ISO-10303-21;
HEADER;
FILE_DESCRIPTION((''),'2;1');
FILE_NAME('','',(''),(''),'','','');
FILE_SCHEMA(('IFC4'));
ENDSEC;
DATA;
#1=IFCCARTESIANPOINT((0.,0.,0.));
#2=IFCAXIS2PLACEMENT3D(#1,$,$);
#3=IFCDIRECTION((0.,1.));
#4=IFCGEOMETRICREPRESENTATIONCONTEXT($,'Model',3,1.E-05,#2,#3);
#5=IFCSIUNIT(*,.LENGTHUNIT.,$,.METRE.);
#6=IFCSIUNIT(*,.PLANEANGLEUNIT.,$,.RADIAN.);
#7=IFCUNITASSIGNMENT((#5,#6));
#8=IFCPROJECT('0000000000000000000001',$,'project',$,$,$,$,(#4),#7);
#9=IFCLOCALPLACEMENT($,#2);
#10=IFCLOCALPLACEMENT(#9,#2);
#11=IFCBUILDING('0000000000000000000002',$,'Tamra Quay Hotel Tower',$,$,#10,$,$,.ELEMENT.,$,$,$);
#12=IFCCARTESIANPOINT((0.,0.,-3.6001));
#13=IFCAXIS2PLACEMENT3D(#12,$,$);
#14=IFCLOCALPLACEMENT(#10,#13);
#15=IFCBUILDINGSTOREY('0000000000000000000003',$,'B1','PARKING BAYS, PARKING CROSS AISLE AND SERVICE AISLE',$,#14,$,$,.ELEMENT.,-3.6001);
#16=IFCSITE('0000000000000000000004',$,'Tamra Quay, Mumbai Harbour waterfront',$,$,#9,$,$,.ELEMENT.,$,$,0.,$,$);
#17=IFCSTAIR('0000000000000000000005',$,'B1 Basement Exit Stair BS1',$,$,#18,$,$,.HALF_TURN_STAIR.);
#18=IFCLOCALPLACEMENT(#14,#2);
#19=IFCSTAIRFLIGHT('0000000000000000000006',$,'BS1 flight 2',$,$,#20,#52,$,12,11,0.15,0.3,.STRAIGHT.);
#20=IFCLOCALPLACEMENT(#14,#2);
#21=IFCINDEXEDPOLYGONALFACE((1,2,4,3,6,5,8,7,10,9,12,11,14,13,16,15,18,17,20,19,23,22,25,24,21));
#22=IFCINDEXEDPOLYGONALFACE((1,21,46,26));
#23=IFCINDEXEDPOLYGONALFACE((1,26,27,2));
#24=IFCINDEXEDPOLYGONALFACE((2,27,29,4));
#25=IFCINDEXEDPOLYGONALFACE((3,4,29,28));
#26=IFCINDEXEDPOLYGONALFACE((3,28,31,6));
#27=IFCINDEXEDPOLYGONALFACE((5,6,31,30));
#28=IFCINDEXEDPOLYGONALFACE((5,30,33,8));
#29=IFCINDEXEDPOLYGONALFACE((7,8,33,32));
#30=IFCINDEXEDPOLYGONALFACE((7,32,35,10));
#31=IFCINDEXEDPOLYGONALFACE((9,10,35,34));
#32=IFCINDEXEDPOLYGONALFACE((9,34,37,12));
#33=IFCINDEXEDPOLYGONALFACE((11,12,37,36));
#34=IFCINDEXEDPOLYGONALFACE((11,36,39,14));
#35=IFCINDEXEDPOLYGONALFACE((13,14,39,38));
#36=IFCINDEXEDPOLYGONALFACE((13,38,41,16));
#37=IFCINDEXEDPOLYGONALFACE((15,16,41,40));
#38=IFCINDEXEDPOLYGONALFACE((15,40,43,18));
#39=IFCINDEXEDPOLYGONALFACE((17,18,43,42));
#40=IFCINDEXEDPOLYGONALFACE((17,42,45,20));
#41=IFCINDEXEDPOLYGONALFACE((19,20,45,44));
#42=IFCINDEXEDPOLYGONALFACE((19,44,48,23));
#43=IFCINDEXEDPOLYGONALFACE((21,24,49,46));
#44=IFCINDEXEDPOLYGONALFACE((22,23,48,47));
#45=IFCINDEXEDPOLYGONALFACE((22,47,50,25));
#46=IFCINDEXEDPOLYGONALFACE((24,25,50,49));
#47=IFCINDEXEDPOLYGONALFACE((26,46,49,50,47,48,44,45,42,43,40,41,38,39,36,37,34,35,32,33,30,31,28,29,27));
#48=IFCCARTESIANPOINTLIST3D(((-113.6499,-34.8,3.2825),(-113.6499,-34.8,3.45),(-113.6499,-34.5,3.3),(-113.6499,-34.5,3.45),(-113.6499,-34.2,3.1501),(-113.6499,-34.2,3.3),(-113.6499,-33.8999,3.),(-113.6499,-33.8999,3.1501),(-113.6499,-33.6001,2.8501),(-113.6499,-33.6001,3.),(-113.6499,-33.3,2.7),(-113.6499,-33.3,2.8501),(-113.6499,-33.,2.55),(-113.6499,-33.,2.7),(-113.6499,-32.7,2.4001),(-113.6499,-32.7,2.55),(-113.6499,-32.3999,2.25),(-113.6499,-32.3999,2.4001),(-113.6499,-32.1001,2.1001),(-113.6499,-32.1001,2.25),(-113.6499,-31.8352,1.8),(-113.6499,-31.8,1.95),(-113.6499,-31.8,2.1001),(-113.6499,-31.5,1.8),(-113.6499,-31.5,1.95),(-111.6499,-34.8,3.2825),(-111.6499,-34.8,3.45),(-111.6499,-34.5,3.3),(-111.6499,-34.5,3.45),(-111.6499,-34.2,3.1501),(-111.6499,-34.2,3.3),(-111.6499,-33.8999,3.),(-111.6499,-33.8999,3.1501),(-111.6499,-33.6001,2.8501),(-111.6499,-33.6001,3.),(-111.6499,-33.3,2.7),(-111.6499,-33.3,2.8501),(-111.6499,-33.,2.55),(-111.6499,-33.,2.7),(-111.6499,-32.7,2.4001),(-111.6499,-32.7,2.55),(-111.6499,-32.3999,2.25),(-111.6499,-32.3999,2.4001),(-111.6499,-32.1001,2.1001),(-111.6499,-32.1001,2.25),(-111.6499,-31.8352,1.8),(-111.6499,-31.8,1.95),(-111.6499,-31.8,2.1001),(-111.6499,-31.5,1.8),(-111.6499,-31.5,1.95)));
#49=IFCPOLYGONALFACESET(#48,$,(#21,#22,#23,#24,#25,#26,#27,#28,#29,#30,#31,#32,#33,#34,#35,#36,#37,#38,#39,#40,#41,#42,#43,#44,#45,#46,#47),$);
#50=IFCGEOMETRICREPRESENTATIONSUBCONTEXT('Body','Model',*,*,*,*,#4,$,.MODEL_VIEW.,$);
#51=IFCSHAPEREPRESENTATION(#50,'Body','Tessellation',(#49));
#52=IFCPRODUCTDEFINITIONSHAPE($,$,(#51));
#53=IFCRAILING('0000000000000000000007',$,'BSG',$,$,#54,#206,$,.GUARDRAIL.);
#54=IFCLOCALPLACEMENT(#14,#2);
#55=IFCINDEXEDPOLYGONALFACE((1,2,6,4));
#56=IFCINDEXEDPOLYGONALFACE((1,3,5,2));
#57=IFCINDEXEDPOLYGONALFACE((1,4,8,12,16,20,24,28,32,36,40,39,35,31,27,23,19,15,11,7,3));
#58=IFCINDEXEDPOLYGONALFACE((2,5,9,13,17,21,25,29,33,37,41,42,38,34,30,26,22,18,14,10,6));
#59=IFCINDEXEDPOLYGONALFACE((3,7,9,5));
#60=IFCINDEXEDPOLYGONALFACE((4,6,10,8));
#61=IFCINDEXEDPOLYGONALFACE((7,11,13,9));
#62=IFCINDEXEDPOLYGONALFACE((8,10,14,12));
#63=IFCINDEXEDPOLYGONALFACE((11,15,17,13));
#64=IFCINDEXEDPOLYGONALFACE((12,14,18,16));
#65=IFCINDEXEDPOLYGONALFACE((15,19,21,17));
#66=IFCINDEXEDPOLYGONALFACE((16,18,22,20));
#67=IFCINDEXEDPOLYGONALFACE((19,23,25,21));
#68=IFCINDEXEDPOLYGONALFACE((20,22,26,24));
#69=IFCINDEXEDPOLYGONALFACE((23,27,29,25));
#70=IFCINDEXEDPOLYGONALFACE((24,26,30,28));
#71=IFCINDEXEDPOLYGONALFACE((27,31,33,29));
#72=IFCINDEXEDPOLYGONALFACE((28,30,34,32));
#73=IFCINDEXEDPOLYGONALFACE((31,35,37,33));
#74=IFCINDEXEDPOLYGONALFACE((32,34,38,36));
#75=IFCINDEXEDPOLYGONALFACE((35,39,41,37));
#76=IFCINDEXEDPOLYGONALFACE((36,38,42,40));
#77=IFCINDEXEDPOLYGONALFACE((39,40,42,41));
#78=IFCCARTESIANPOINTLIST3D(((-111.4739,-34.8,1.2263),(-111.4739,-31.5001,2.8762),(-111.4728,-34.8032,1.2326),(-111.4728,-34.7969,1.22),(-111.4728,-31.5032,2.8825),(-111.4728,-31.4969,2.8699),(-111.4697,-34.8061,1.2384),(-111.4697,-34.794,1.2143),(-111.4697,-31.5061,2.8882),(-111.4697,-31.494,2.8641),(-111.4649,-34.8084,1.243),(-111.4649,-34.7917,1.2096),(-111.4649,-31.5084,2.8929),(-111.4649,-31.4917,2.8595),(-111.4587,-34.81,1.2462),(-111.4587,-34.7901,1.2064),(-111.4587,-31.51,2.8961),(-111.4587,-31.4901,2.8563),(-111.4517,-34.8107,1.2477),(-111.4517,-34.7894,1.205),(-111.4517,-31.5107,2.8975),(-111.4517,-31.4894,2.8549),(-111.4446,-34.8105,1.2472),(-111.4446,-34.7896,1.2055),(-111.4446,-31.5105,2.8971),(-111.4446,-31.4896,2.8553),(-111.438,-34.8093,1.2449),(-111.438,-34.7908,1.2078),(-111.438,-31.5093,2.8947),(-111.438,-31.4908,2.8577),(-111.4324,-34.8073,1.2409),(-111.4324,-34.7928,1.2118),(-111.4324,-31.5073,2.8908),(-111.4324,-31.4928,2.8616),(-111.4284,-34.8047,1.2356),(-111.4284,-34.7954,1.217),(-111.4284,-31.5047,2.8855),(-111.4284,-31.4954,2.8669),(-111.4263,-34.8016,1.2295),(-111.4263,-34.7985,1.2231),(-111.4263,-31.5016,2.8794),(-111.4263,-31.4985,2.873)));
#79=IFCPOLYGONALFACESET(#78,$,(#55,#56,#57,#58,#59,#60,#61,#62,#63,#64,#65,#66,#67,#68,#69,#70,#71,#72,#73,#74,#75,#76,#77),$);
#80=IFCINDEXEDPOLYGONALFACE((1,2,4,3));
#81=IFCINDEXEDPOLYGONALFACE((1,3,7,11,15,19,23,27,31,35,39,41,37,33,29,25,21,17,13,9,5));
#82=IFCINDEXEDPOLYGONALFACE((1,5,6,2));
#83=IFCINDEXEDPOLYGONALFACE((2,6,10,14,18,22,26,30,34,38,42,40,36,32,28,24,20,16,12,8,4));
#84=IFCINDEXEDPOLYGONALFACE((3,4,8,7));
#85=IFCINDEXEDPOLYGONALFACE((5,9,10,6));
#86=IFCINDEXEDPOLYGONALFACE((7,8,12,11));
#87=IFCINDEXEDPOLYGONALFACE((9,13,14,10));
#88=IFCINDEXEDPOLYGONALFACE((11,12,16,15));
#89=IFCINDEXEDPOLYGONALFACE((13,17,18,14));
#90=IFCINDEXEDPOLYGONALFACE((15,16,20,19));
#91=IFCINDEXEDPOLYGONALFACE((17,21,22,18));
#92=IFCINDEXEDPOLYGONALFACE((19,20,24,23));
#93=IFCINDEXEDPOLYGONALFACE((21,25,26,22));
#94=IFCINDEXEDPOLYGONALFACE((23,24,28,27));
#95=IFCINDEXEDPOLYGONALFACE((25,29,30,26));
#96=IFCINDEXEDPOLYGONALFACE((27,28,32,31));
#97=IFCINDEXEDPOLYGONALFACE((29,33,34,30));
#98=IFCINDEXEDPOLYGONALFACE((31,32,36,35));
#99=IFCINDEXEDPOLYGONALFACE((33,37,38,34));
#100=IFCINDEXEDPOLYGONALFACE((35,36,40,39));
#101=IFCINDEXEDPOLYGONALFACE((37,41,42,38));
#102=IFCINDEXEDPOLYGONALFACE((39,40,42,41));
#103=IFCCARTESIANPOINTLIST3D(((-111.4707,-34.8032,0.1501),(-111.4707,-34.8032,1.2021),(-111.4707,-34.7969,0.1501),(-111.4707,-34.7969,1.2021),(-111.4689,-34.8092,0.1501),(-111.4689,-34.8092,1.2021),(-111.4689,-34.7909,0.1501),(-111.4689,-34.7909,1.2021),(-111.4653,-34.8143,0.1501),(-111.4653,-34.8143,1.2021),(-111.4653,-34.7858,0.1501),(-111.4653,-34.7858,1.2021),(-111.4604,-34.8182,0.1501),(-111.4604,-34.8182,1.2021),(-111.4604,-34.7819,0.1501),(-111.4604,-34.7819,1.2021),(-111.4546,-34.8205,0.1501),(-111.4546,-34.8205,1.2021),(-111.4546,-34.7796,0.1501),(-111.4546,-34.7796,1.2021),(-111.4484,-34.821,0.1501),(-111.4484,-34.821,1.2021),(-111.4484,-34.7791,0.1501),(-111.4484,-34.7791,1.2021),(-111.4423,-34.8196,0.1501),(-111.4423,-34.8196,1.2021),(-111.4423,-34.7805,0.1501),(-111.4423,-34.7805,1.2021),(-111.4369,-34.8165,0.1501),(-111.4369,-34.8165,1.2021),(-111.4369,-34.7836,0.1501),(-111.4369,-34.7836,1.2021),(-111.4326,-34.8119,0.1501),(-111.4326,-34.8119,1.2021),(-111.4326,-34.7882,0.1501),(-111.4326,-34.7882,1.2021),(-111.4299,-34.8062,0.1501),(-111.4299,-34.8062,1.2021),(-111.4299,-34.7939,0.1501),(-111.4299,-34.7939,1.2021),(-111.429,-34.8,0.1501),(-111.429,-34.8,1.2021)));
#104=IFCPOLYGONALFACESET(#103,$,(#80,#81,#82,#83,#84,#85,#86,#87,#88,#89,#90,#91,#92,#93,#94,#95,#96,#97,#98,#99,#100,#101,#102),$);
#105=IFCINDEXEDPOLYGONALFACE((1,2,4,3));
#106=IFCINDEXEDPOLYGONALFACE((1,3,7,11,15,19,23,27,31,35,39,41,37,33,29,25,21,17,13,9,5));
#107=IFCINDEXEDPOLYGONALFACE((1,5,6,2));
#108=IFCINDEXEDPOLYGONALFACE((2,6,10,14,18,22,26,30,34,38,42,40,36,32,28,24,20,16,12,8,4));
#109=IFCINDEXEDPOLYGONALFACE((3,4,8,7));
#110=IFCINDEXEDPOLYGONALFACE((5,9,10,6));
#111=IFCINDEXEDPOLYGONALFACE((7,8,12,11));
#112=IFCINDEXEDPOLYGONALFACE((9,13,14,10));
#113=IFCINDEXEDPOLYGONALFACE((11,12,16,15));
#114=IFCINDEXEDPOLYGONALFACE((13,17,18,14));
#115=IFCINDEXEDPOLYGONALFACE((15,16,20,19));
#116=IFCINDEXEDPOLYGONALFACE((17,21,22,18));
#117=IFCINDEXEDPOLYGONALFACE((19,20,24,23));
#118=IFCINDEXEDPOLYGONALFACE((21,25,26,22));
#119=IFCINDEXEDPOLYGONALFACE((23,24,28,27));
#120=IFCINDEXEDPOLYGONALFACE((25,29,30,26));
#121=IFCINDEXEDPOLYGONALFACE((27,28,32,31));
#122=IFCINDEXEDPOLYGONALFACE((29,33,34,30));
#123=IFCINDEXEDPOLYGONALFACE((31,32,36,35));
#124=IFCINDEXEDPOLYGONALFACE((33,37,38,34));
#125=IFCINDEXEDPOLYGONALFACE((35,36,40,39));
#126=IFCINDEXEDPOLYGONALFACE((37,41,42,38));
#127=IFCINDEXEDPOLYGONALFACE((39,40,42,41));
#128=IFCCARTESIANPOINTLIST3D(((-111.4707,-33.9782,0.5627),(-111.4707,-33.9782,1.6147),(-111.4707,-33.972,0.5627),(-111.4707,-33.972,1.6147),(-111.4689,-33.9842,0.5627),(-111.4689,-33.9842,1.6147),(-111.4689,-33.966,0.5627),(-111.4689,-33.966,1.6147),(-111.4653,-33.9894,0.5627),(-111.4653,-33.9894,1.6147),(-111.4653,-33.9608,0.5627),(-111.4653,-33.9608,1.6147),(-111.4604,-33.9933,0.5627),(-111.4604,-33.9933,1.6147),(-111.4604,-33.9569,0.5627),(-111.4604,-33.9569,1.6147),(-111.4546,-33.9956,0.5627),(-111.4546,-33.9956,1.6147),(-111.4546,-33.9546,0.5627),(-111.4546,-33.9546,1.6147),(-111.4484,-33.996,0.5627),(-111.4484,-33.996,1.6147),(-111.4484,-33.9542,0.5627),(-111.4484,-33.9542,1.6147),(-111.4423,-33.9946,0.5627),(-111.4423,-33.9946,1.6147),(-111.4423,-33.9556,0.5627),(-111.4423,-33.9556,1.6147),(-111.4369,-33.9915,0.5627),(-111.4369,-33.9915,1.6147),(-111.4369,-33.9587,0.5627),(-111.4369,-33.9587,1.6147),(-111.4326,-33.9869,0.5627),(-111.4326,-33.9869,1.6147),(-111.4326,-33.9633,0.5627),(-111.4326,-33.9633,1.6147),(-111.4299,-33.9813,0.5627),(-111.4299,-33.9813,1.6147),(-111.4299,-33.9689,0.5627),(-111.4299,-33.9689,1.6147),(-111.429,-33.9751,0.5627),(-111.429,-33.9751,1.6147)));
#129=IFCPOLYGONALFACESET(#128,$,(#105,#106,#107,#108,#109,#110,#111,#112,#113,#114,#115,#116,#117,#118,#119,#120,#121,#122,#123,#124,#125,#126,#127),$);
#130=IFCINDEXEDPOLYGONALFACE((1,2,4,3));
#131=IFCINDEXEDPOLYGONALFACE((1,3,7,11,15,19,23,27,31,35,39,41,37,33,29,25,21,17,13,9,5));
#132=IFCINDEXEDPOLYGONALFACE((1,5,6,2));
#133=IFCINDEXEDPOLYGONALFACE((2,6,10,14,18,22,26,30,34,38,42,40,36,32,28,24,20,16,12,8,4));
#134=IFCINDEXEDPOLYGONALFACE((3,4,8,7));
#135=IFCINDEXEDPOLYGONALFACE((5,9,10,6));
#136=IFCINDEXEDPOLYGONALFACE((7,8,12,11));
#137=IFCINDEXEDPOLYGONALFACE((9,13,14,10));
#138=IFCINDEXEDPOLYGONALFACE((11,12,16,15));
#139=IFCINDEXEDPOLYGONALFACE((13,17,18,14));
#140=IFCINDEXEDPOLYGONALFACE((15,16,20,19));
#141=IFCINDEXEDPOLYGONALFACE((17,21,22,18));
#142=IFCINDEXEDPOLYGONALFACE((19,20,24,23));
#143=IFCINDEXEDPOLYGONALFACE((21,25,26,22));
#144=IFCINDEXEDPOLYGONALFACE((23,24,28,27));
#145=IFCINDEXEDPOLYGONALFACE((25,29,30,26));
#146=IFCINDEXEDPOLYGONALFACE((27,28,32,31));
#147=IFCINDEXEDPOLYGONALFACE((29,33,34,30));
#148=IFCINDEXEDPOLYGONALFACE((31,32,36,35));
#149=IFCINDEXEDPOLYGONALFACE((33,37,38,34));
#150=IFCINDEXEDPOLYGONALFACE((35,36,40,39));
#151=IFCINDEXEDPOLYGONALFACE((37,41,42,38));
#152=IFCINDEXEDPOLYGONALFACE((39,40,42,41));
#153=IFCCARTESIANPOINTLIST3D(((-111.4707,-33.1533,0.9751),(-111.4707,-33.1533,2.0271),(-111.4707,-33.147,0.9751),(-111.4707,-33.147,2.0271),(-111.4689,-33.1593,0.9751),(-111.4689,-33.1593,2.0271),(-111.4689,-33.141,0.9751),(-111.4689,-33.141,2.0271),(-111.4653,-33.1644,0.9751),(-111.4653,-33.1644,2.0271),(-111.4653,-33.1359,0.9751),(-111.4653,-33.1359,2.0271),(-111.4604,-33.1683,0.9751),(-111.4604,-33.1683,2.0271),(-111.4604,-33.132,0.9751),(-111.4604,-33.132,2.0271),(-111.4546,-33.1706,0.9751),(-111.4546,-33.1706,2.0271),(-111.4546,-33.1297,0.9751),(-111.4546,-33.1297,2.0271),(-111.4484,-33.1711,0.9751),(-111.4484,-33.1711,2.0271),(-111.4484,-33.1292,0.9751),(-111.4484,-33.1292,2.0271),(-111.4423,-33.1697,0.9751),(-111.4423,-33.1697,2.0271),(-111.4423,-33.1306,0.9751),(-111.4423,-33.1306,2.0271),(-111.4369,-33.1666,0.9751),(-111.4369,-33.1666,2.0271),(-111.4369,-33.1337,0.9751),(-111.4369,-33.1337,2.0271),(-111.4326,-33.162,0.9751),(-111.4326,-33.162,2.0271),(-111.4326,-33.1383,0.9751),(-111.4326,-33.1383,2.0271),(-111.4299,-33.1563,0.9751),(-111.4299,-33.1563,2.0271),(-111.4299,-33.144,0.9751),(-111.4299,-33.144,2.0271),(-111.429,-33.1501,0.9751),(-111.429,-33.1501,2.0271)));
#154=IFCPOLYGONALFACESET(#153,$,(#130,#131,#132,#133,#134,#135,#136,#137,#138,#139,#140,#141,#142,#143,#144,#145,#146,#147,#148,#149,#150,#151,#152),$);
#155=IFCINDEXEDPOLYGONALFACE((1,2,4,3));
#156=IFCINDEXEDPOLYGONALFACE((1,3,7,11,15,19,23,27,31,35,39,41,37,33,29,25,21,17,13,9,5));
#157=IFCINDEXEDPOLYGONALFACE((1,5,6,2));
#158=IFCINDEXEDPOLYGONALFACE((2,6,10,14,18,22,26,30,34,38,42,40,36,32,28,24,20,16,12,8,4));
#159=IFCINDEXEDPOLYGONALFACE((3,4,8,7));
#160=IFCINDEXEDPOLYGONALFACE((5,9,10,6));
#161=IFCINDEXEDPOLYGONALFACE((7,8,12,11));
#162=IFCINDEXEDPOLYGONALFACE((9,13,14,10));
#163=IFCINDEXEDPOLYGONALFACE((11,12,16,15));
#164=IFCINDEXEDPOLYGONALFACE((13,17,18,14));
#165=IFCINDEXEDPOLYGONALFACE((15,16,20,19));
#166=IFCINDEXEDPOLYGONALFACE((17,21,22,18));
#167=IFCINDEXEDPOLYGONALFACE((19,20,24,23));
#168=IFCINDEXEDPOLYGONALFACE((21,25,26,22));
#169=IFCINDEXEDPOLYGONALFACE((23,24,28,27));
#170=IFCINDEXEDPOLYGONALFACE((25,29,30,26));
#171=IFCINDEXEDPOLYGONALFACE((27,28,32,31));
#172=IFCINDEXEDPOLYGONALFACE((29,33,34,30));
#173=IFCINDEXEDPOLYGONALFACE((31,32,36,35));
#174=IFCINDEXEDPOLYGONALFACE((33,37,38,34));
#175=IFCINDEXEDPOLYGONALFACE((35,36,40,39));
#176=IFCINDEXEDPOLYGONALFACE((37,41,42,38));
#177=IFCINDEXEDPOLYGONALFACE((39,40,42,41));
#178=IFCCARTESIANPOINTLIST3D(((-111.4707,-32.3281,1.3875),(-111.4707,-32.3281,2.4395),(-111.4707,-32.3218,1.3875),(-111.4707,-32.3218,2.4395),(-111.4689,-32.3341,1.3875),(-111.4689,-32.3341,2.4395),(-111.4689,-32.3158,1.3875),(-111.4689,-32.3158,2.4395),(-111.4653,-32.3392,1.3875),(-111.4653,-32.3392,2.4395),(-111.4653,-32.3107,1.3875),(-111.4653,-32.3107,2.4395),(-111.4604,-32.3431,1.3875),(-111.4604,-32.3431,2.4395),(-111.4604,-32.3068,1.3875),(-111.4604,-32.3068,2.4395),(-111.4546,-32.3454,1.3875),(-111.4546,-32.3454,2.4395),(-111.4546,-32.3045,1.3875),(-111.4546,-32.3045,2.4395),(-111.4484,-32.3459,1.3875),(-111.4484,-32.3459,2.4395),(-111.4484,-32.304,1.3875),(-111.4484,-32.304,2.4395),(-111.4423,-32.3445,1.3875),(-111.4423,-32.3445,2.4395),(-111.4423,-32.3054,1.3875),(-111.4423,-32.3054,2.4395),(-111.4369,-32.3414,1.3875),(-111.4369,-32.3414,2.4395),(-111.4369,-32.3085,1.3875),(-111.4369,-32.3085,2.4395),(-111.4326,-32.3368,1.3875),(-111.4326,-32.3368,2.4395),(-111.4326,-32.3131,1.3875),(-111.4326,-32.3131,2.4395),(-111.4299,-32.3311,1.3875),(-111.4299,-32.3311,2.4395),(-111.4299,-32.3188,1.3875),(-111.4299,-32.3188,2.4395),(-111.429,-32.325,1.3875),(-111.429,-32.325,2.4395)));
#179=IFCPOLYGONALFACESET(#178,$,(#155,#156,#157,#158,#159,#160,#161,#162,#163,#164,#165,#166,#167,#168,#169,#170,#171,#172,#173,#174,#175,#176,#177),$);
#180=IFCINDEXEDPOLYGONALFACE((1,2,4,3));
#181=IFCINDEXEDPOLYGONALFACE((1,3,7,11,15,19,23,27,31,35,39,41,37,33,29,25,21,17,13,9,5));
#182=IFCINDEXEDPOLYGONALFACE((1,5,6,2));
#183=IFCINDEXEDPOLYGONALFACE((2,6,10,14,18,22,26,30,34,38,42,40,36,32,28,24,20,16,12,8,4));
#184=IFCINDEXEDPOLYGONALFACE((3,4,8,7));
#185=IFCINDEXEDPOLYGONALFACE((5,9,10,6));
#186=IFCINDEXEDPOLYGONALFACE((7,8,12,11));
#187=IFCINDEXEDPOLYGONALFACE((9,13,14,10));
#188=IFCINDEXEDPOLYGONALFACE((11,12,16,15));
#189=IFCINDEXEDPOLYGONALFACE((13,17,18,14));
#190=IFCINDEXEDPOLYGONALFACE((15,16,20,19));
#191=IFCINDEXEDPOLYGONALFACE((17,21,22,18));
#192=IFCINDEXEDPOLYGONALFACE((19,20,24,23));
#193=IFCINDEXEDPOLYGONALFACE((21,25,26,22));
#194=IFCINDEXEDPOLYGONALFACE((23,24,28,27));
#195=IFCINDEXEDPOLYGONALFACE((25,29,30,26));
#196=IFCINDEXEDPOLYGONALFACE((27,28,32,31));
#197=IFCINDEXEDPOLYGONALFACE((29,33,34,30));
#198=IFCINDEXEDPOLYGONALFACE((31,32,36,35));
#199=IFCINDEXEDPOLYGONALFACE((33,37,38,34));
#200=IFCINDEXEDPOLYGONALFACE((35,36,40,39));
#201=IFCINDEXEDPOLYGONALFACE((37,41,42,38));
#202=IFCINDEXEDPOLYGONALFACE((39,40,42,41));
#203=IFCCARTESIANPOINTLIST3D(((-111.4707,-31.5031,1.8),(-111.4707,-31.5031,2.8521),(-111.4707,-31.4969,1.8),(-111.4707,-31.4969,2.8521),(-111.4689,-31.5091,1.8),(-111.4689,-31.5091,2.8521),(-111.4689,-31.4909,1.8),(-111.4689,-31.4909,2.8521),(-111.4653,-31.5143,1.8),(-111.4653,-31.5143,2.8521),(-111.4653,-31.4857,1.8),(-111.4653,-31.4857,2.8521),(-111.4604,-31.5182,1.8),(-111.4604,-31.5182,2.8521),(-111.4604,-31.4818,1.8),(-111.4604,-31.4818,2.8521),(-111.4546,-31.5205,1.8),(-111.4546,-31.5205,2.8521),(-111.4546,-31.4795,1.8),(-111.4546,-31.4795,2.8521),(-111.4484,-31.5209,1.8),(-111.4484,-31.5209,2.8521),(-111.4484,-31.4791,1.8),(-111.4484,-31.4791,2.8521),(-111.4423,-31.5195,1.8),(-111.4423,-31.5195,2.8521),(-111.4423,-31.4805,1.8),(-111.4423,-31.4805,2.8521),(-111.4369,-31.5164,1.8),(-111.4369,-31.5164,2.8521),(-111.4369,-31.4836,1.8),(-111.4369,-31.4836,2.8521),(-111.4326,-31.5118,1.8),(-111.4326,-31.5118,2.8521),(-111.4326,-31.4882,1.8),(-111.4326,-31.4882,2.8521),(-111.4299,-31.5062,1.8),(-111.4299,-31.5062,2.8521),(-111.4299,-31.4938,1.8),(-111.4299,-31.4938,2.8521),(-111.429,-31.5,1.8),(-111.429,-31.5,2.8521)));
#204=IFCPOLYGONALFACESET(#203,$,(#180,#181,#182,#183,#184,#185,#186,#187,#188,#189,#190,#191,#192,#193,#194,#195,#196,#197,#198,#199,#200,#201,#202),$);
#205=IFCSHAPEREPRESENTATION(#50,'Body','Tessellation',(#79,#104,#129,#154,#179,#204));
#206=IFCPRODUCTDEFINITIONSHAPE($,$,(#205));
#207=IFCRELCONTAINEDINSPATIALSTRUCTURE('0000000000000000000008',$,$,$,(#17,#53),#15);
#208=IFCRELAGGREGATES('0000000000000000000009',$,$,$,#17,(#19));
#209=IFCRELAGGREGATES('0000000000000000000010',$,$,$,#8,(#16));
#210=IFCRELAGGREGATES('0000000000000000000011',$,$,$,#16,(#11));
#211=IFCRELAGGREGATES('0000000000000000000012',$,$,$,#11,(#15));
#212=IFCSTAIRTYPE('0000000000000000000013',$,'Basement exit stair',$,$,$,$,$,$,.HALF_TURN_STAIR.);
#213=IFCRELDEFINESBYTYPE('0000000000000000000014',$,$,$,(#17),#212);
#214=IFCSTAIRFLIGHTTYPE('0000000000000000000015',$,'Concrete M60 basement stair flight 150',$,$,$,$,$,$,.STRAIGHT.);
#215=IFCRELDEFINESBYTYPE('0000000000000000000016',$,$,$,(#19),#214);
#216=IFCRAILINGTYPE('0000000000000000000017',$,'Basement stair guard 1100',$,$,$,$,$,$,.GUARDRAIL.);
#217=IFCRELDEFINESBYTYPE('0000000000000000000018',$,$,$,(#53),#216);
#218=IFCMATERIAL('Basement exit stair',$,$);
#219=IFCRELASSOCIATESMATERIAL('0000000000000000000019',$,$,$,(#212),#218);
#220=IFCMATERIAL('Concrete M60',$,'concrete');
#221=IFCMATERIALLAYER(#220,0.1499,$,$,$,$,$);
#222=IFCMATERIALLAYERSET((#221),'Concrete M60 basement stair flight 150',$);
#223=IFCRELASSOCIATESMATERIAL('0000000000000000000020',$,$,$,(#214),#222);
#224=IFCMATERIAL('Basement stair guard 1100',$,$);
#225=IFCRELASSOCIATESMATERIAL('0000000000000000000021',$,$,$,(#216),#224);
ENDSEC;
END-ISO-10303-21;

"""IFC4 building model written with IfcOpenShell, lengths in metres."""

from ifc_helpers import new_model, si_unit, direction, frame, origin, origin_2d, place, context, subcontext, project, spatial, polyline, circle, outline, extrude, material, layer, layer_set, type_object, element, aggregate, save


model = new_model("IFC4")

# Units and contexts
model_context = context("Model", 3, precision=1e-05, world=origin(), true_north=direction((0.0, 1.0)))
body_context = subcontext(model_context, "Body", "Model", "MODEL_VIEW")
ifc_project = project(units=[si_unit("LENGTHUNIT", "METRE"), si_unit("PLANEANGLEUNIT", "RADIAN")], contexts=[model_context])

# Site, building, storey
site_placement = place(None, origin())
site = spatial("IfcSite", under=ifc_project, at=site_placement, Name="Tamra Quay, Mumbai Harbour waterfront", CompositionType="ELEMENT", RefElevation=0.0)
building_placement = place(site_placement, origin())
building = spatial("IfcBuilding", under=site, at=building_placement, Name="Tamra Quay Hotel Tower", CompositionType="ELEMENT")
storey_placement = place(building_placement, frame((0.0, 0.0, -3.6001)))
storey = spatial("IfcBuildingStorey", under=building, at=storey_placement, Name="B1", Description="PARKING BAYS, PARKING CROSS AISLE AND SERVICE AISLE", CompositionType="ELEMENT", Elevation=-3.6001)

# Stair, stair flight
ifc_material_1 = material(Name="Basement exit stair")
stair_type = type_object("IfcStairType", Name="Basement exit stair", PredefinedType="HALF_TURN_STAIR", material=ifc_material_1)
stair_placement = place(storey_placement, origin())
stair = element("IfcStair", 1, at=stair_placement, inside=storey, type_object=stair_type, Name="B1 Basement Exit Stair BS1", PredefinedType="HALF_TURN_STAIR")
ifc_material_2 = material(Name="Concrete M60", Category="concrete")
ifc_layer_1 = layer(ifc_material_2, 0.1499)
ifc_layer_set_1 = layer_set([ifc_layer_1], Name="Concrete M60 basement stair flight 150")
stair_flight_type = type_object("IfcStairFlightType", Name="Concrete M60 basement stair flight 150", PredefinedType="STRAIGHT", material=ifc_layer_set_1)
stair_flight_1_placement = place(storey_placement, frame((-112.6499, -31.5, 1.8), z_axis=(0.0, 0.0, 1.0), x_axis=(0.0, -1.0, 0.0)))
stair_flight_1 = element("IfcStairFlight", 2, at=stair_flight_1_placement, type_object=stair_flight_type, Name="BS1 flight 2", NumberOfRisers=12, NumberOfTreads=11, PredefinedType="STRAIGHT", RiserHeight=0.15, TreadLength=0.3, context=body_context, shape_type="SweptSolid", body=[
    extrude(outline(polyline([(0.0, 0.0), (0.0, 0.1499), (0.3, 0.1499), (0.3, 0.3), (0.6001, 0.3), (0.6001, 0.45), (0.8999, 0.45), (0.8999, 0.6001), (1.2, 0.6001), (1.2, 0.75), (1.5, 0.75), (1.5, 0.8999), (1.8, 0.8999), (1.8, 1.05), (2.1001, 1.05), (2.1001, 1.2), (2.3999, 1.2), (2.3999, 1.3501), (2.7, 1.3501), (2.7, 1.5), (3.0, 1.5), (3.0, 1.6499), (3.3, 1.6499), (3.3, 1.8), (3.3, 1.4824), (0.3352, 0.0), (0.0, 0.0)])), frame((0.0, 1.0, 0.0), z_axis=(0.0, -1.0, 0.0), x_axis=(1.0, 0.0, 0.0)), (0.0, 0.0, 1.0), 2.0),
])
aggregate(stair, [stair_flight_1])

# Railing
ifc_material_3 = material(Name="Basement stair guard 1100")
railing_type_1 = type_object("IfcRailingType", Name="Basement stair guard 1100", PredefinedType="GUARDRAIL", material=ifc_material_3)
railing_1_placement = place(storey_placement, frame((-111.45, -34.8, 0.1501)))
element("IfcRailing", 3, at=railing_1_placement, inside=storey, type_object=railing_type_1, Name="BSG", PredefinedType="GUARDRAIL", context=body_context, shape_type="SweptSolid", body=[
    extrude(circle(Radius=0.0239, at=origin_2d()), frame((0.0, 0.0, 1.0762), z_axis=(0.0, 0.89444, 0.447187), x_axis=(-1.0, 0.0, 0.0)), (0.0, 0.0, 1.0), 3.6895),
    extrude(circle(Radius=0.021, at=origin_2d()), origin(), (0.0, 0.0, 1.0), 1.052),
    extrude(circle(Radius=0.021, at=origin_2d()), frame((0.0, 0.825, 0.4126)), (0.0, 0.0, 1.0), 1.052),
    extrude(circle(Radius=0.021, at=origin_2d()), frame((0.0, 1.6499, 0.825)), (0.0, 0.0, 1.0), 1.052),
    extrude(circle(Radius=0.021, at=origin_2d()), frame((0.0, 2.4751, 1.2373)), (0.0, 0.0, 1.0), 1.052),
    extrude(circle(Radius=0.021, at=origin_2d()), frame((0.0, 3.3, 1.6499)), (0.0, 0.0, 1.0), 1.052),
])

save(model, "model.ifc")
